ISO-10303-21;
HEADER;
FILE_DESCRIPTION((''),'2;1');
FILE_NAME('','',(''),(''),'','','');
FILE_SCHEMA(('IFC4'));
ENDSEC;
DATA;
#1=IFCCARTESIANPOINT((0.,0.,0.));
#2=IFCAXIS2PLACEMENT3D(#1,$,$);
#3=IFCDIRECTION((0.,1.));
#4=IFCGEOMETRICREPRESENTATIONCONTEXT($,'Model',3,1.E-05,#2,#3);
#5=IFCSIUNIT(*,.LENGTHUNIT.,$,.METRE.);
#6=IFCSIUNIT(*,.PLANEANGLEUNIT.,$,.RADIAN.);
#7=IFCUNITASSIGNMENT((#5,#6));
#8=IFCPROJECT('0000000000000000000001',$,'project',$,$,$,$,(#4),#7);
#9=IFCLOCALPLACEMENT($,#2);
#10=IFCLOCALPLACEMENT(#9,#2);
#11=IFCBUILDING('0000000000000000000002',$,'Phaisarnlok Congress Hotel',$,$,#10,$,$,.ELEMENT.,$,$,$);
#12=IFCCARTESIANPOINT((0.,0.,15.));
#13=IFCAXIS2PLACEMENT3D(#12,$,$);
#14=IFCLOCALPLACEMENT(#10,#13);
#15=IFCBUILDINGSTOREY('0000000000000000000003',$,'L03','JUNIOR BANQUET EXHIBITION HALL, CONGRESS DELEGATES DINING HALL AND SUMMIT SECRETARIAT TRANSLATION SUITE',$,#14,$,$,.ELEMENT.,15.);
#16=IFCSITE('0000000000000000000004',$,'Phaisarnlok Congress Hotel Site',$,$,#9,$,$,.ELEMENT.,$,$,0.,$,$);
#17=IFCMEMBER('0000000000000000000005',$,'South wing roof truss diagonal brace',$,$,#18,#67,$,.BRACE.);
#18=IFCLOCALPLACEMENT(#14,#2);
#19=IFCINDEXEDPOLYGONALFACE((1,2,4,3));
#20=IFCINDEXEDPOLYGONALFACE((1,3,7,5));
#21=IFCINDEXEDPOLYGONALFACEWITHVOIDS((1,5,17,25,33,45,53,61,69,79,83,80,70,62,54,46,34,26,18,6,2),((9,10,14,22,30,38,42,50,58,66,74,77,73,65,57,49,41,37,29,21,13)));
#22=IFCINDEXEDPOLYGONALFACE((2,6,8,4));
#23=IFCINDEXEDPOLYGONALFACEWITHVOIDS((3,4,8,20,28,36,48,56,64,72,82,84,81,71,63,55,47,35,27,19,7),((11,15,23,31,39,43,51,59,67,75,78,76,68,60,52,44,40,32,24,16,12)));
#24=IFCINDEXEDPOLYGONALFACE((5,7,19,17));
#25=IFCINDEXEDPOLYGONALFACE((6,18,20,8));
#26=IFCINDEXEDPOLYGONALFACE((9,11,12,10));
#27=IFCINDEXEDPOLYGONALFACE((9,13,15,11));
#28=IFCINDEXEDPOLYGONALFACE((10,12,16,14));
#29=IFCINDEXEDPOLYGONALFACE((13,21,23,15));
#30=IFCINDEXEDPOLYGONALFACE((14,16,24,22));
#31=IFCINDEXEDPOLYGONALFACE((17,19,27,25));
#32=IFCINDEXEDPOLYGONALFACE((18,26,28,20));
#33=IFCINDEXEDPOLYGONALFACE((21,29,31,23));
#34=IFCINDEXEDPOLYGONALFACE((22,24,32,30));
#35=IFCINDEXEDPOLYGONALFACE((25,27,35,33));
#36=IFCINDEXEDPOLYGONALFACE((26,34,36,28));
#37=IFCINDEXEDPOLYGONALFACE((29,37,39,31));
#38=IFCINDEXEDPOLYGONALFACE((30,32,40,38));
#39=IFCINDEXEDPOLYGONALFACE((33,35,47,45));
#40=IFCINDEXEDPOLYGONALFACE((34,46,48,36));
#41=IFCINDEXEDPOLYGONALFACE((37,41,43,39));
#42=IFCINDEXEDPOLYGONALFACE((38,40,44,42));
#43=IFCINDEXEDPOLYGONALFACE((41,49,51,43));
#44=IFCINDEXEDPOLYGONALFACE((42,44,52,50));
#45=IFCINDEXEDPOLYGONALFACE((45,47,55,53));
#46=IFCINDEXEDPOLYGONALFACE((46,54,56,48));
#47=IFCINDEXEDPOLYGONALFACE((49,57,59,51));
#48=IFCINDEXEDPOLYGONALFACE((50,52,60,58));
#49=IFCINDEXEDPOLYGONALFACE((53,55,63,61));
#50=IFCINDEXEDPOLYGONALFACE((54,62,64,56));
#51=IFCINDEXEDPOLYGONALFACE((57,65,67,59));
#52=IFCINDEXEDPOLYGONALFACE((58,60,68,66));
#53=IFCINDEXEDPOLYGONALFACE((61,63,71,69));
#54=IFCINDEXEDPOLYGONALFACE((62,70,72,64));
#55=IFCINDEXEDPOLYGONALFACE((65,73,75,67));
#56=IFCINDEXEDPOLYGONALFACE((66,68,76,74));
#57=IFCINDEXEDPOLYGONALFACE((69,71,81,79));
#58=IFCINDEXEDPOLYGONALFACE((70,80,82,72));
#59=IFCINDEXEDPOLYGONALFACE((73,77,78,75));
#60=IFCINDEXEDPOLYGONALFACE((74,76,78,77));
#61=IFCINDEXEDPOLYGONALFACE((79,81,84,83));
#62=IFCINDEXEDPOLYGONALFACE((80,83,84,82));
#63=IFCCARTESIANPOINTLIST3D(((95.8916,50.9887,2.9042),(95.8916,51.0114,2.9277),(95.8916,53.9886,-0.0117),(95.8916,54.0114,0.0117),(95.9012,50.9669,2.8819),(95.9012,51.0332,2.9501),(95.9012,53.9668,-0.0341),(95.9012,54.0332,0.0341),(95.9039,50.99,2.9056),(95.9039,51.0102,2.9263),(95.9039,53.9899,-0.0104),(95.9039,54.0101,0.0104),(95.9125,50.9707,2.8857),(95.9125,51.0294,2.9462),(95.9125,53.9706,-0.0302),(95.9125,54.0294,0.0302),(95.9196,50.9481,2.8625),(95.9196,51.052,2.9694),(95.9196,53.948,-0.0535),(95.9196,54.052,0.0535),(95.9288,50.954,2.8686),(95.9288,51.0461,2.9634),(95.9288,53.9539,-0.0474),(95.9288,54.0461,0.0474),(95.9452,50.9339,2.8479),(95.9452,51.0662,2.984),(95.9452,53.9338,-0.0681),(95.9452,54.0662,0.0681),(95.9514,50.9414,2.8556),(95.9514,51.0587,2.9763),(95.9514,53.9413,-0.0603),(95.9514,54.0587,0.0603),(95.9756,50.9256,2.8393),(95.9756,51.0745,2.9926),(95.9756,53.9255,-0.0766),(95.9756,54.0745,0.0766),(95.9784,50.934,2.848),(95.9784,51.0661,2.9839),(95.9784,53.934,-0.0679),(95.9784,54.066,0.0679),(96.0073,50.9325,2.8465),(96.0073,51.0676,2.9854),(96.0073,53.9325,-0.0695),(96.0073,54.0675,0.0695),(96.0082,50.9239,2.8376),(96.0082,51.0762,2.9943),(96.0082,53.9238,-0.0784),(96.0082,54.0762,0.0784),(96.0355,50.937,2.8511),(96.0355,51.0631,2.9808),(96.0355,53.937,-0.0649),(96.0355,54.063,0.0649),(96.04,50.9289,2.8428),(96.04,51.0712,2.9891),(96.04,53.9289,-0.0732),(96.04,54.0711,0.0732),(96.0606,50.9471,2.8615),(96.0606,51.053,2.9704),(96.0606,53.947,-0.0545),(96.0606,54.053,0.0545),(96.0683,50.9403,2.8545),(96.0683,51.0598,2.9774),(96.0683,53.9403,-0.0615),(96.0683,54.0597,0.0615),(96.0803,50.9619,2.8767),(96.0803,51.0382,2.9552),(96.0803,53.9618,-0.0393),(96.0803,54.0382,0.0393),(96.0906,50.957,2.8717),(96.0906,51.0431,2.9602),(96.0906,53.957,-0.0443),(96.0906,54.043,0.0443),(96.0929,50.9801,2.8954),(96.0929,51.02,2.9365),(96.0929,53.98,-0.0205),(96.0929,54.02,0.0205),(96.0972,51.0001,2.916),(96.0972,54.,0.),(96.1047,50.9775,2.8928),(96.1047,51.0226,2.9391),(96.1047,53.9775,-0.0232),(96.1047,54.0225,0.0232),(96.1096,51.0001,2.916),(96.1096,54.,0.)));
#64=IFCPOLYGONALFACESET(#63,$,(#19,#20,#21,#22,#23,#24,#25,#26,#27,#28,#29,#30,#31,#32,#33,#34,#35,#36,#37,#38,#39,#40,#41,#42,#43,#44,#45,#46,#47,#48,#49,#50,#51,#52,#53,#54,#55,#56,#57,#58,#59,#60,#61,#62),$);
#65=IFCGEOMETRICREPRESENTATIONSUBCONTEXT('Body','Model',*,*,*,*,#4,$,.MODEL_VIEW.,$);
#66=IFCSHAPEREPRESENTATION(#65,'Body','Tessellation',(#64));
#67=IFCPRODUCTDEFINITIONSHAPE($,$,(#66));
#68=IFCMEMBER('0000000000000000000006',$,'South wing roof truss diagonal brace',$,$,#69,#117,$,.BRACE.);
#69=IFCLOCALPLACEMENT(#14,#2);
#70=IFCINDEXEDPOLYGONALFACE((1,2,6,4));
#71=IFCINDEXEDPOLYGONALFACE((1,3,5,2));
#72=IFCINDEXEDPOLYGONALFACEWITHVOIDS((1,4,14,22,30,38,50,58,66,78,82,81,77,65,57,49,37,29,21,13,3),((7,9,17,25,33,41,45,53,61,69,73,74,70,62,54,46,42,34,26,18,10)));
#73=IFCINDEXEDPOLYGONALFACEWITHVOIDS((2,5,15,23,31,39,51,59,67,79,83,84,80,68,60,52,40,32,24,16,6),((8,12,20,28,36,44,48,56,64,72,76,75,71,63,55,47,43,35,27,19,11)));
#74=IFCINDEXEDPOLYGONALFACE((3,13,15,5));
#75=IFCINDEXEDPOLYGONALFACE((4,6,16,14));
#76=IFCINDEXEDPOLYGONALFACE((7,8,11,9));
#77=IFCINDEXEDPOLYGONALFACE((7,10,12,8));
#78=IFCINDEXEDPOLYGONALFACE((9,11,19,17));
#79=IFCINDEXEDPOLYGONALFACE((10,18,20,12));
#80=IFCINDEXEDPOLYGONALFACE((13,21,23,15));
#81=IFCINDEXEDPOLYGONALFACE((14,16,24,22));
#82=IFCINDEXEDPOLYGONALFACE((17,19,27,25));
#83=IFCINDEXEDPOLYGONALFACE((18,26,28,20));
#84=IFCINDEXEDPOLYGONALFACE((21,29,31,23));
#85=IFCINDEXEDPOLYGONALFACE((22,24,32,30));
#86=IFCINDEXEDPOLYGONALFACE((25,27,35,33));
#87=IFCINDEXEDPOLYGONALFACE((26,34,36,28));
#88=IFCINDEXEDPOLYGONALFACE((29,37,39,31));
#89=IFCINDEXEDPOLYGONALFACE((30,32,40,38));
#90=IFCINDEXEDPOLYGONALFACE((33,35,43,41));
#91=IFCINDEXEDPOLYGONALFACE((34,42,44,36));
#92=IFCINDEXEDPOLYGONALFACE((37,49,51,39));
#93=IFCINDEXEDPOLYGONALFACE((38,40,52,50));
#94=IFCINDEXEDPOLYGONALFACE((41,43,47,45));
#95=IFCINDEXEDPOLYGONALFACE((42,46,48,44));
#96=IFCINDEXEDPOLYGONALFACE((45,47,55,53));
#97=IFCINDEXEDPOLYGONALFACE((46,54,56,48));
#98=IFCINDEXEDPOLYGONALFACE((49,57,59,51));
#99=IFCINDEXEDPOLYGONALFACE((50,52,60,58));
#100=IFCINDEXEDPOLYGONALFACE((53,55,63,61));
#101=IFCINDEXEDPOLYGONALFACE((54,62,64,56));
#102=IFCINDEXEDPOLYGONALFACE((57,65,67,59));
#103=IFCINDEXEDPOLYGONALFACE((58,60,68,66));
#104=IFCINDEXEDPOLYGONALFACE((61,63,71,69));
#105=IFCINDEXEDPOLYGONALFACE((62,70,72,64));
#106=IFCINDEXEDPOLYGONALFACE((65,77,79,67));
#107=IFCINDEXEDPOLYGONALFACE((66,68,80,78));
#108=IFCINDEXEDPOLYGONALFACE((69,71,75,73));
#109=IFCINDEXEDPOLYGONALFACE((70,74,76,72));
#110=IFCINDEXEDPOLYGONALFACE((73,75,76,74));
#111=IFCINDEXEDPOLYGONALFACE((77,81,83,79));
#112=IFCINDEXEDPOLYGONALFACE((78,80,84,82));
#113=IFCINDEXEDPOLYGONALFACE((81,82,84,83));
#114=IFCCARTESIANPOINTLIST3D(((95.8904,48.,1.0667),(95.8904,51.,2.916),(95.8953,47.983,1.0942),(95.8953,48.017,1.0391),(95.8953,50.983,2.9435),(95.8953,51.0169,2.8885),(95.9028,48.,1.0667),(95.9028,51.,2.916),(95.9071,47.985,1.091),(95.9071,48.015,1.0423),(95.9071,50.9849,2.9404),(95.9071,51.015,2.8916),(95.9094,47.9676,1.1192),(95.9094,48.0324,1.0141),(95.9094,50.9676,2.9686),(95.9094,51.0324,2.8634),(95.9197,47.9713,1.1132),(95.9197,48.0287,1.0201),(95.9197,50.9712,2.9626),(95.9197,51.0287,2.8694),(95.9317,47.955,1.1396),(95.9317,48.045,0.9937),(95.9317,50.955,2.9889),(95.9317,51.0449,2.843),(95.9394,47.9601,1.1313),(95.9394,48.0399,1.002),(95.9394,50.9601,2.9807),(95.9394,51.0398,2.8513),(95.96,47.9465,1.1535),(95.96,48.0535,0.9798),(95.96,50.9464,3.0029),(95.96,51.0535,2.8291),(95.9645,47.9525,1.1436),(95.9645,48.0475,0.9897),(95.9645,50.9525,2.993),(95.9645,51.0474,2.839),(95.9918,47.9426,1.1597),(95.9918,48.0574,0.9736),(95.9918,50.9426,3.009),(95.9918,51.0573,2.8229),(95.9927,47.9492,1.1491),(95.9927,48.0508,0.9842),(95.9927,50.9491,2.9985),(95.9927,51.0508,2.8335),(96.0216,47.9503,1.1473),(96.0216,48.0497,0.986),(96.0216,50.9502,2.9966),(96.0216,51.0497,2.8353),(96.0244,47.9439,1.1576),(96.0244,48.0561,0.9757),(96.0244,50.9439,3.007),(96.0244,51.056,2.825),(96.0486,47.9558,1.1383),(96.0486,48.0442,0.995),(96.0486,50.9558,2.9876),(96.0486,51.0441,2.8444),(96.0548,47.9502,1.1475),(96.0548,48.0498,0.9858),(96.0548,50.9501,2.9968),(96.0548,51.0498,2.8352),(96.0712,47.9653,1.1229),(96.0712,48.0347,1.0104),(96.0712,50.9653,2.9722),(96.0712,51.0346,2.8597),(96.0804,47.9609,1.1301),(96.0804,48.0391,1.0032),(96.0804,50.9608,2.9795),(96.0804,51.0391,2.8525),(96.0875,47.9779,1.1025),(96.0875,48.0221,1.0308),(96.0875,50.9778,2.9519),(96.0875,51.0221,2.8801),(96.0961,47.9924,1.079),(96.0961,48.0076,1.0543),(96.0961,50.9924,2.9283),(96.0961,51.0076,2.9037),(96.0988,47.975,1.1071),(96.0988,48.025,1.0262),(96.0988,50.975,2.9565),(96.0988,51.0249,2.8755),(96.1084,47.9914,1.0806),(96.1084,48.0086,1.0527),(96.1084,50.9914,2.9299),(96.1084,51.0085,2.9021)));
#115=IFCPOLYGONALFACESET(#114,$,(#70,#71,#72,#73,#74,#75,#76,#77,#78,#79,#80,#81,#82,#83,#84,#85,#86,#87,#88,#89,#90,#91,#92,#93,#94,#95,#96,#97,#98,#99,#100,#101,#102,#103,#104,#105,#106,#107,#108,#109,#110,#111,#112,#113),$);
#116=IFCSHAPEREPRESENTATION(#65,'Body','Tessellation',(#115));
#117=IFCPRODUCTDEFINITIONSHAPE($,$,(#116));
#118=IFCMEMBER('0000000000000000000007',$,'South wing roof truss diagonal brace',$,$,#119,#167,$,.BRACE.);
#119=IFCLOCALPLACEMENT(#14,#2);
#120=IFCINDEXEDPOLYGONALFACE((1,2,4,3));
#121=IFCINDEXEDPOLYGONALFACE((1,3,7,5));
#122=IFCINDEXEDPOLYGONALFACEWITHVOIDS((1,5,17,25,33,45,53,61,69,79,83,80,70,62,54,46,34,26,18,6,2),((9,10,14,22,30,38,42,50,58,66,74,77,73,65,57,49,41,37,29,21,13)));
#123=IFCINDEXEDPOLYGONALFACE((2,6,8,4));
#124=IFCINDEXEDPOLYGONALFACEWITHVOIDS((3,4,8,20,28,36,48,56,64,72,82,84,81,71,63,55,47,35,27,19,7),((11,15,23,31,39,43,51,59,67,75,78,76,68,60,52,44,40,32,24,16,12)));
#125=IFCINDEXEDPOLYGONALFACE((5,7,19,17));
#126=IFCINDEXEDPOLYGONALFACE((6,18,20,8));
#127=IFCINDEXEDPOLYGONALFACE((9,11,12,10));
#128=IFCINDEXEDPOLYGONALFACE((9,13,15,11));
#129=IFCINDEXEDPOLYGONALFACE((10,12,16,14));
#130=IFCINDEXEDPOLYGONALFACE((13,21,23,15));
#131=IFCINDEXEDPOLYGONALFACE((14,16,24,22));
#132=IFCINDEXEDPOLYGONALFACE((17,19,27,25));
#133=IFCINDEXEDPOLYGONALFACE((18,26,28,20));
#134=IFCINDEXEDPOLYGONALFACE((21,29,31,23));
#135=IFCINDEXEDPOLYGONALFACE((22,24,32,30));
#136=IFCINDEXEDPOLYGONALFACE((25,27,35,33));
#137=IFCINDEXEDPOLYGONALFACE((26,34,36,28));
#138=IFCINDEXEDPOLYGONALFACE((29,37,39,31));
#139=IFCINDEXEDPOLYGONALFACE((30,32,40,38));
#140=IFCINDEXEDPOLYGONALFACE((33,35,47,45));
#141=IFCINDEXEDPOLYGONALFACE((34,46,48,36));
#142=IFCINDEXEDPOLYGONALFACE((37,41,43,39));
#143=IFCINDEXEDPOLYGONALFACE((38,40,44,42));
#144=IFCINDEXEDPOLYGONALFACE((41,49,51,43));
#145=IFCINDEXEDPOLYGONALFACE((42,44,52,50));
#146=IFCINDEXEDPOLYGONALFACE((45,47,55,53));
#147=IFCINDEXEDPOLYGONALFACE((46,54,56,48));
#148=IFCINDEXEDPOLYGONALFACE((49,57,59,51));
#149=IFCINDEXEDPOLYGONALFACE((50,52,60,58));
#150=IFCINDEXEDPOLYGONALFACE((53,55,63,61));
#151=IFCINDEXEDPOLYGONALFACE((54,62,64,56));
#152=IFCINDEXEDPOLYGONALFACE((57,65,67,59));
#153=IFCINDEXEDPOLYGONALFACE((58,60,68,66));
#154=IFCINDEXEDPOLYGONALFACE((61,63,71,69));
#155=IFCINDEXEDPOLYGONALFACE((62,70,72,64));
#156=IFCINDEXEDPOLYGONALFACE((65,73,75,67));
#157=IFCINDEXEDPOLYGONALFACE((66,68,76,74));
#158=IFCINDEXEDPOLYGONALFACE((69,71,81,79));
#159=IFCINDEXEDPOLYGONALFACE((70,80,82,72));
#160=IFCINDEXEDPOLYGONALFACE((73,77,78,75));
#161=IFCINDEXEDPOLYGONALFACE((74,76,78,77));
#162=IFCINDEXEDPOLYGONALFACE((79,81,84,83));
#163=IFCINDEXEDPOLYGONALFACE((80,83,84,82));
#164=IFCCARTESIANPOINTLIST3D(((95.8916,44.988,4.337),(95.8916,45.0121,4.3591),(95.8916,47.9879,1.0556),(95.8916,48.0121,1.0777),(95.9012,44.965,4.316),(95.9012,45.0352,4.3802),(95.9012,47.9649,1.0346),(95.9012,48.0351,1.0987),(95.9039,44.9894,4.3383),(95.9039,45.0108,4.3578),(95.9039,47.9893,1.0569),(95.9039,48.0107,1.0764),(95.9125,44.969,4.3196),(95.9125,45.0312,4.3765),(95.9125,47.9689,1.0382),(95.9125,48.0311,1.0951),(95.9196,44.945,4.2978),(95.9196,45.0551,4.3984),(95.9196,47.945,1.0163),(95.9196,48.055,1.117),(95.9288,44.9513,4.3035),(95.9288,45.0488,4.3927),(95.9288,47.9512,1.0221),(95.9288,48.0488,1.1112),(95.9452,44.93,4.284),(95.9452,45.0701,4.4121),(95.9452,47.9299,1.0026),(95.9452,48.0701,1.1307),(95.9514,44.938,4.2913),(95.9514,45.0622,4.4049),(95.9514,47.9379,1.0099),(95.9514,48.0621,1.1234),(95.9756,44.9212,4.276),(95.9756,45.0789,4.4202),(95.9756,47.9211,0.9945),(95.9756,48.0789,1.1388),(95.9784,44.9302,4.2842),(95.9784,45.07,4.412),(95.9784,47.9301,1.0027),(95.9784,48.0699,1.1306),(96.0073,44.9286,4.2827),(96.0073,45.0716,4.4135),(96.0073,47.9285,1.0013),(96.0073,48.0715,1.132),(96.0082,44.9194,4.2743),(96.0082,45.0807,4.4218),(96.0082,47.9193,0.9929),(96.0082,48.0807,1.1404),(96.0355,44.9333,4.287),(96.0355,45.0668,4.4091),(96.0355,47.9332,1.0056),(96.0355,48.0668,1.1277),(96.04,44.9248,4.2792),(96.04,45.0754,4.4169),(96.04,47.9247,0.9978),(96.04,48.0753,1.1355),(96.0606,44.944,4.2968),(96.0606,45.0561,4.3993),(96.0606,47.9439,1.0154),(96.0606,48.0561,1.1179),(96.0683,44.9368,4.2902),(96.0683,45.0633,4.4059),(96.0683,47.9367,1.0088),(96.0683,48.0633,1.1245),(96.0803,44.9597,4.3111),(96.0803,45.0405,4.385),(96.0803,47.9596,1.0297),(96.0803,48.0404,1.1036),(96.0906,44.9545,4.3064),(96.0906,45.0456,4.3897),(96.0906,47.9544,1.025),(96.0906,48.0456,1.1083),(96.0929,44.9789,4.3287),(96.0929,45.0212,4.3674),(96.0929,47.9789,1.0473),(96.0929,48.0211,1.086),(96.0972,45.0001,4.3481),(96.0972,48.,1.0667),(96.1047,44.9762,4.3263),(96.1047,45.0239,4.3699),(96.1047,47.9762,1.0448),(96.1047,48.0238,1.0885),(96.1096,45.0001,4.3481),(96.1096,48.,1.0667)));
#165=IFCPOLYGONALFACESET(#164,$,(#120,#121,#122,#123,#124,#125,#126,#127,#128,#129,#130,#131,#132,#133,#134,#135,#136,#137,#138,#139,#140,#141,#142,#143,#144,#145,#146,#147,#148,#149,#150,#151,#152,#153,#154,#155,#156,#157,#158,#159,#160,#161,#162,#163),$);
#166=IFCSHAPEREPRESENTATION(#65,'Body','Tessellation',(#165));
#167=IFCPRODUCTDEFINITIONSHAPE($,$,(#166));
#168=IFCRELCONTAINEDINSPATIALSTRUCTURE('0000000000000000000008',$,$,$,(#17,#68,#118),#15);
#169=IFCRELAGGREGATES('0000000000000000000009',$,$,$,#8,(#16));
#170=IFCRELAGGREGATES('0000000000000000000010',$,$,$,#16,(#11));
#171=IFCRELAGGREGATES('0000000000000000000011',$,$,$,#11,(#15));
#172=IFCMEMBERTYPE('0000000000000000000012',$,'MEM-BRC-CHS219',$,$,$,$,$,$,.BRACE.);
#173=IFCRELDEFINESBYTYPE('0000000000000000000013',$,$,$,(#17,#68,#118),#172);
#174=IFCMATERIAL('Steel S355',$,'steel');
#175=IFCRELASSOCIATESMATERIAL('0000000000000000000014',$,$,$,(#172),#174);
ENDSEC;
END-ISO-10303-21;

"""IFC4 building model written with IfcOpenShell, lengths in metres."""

from ifc_helpers import new_model, si_unit, direction, frame, origin, origin_2d, place, context, subcontext, project, spatial, hollow_circle, extrude, material, material_profile, profile_set, type_object, element, save


model = new_model("IFC4")

# Units and contexts
model_context = context("Model", 3, precision=1e-05, world=origin(), true_north=direction((0.0, 1.0)))
body_context = subcontext(model_context, "Body", "Model", "MODEL_VIEW")
ifc_project = project(units=[si_unit("LENGTHUNIT", "METRE"), si_unit("PLANEANGLEUNIT", "RADIAN")], contexts=[model_context])

# Site, building, storey
site_placement = place(None, origin())
site = spatial("IfcSite", under=ifc_project, at=site_placement, Name="Phaisarnlok Congress Hotel Site", CompositionType="ELEMENT", RefElevation=0.0)
building_placement = place(site_placement, origin())
building = spatial("IfcBuilding", under=site, at=building_placement, Name="Phaisarnlok Congress Hotel", CompositionType="ELEMENT")
storey_placement = place(building_placement, frame((0.0, 0.0, 15.0)))
storey = spatial("IfcBuildingStorey", under=building, at=storey_placement, Name="L03", Description="JUNIOR BANQUET EXHIBITION HALL, CONGRESS DELEGATES DINING HALL AND SUMMIT SECRETARIAT TRANSLATION SUITE", CompositionType="ELEMENT", Elevation=15.0)

# Shared definitions
ifc_material_1 = material(Name="Steel S355", Category="steel")

# Members
ifc_material_profile_1 = material_profile(ifc_material_1, hollow_circle(Radius=0.1096, WallThickness=0.0125, at=origin_2d()), Name="CHS 219.1x12.5")
ifc_profile_set_1 = profile_set([ifc_material_profile_1], Name="Steel S355")
member_type_1 = type_object("IfcMemberType", Name="MEM-BRC-CHS219", PredefinedType="BRACE", material=ifc_profile_set_1)
member_1_placement = place(storey_placement, frame((96.0, 54.0, 0.0), z_axis=(0.0, -0.717073, 0.696998), x_axis=(1.0, 0.0, 0.0)))
element("IfcMember", 1, at=member_1_placement, inside=storey, type_object=member_type_1, Name="South wing roof truss diagonal brace", PredefinedType="BRACE", context=body_context, shape_type="SweptSolid", body=[
    extrude(hollow_circle(Radius=0.1096, WallThickness=0.0125, at=origin_2d()), origin(), (0.0, 0.0, 1.0), 4.1836),
])
member_2_placement = place(storey_placement, frame((96.0, 48.0, 1.0667), z_axis=(0.0, 0.851251, 0.524758), x_axis=(-1.0, 0.0, 0.0)))
element("IfcMember", 2, at=member_2_placement, inside=storey, type_object=member_type_1, Name="South wing roof truss diagonal brace", PredefinedType="BRACE", context=body_context, shape_type="SweptSolid", body=[
    extrude(hollow_circle(Radius=0.1096, WallThickness=0.0125, at=origin_2d()), origin(), (0.0, 0.0, 1.0), 3.5242),
])
member_3_placement = place(storey_placement, frame((96.0, 48.0, 1.0667), z_axis=(0.0, -0.674742, 0.738054), x_axis=(1.0, 0.0, 0.0)))
element("IfcMember", 3, at=member_3_placement, inside=storey, type_object=member_type_1, Name="South wing roof truss diagonal brace", PredefinedType="BRACE", context=body_context, shape_type="SweptSolid", body=[
    extrude(hollow_circle(Radius=0.1096, WallThickness=0.0125, at=origin_2d()), origin(), (0.0, 0.0, 1.0), 4.446),
])

save(model, "model.ifc")
